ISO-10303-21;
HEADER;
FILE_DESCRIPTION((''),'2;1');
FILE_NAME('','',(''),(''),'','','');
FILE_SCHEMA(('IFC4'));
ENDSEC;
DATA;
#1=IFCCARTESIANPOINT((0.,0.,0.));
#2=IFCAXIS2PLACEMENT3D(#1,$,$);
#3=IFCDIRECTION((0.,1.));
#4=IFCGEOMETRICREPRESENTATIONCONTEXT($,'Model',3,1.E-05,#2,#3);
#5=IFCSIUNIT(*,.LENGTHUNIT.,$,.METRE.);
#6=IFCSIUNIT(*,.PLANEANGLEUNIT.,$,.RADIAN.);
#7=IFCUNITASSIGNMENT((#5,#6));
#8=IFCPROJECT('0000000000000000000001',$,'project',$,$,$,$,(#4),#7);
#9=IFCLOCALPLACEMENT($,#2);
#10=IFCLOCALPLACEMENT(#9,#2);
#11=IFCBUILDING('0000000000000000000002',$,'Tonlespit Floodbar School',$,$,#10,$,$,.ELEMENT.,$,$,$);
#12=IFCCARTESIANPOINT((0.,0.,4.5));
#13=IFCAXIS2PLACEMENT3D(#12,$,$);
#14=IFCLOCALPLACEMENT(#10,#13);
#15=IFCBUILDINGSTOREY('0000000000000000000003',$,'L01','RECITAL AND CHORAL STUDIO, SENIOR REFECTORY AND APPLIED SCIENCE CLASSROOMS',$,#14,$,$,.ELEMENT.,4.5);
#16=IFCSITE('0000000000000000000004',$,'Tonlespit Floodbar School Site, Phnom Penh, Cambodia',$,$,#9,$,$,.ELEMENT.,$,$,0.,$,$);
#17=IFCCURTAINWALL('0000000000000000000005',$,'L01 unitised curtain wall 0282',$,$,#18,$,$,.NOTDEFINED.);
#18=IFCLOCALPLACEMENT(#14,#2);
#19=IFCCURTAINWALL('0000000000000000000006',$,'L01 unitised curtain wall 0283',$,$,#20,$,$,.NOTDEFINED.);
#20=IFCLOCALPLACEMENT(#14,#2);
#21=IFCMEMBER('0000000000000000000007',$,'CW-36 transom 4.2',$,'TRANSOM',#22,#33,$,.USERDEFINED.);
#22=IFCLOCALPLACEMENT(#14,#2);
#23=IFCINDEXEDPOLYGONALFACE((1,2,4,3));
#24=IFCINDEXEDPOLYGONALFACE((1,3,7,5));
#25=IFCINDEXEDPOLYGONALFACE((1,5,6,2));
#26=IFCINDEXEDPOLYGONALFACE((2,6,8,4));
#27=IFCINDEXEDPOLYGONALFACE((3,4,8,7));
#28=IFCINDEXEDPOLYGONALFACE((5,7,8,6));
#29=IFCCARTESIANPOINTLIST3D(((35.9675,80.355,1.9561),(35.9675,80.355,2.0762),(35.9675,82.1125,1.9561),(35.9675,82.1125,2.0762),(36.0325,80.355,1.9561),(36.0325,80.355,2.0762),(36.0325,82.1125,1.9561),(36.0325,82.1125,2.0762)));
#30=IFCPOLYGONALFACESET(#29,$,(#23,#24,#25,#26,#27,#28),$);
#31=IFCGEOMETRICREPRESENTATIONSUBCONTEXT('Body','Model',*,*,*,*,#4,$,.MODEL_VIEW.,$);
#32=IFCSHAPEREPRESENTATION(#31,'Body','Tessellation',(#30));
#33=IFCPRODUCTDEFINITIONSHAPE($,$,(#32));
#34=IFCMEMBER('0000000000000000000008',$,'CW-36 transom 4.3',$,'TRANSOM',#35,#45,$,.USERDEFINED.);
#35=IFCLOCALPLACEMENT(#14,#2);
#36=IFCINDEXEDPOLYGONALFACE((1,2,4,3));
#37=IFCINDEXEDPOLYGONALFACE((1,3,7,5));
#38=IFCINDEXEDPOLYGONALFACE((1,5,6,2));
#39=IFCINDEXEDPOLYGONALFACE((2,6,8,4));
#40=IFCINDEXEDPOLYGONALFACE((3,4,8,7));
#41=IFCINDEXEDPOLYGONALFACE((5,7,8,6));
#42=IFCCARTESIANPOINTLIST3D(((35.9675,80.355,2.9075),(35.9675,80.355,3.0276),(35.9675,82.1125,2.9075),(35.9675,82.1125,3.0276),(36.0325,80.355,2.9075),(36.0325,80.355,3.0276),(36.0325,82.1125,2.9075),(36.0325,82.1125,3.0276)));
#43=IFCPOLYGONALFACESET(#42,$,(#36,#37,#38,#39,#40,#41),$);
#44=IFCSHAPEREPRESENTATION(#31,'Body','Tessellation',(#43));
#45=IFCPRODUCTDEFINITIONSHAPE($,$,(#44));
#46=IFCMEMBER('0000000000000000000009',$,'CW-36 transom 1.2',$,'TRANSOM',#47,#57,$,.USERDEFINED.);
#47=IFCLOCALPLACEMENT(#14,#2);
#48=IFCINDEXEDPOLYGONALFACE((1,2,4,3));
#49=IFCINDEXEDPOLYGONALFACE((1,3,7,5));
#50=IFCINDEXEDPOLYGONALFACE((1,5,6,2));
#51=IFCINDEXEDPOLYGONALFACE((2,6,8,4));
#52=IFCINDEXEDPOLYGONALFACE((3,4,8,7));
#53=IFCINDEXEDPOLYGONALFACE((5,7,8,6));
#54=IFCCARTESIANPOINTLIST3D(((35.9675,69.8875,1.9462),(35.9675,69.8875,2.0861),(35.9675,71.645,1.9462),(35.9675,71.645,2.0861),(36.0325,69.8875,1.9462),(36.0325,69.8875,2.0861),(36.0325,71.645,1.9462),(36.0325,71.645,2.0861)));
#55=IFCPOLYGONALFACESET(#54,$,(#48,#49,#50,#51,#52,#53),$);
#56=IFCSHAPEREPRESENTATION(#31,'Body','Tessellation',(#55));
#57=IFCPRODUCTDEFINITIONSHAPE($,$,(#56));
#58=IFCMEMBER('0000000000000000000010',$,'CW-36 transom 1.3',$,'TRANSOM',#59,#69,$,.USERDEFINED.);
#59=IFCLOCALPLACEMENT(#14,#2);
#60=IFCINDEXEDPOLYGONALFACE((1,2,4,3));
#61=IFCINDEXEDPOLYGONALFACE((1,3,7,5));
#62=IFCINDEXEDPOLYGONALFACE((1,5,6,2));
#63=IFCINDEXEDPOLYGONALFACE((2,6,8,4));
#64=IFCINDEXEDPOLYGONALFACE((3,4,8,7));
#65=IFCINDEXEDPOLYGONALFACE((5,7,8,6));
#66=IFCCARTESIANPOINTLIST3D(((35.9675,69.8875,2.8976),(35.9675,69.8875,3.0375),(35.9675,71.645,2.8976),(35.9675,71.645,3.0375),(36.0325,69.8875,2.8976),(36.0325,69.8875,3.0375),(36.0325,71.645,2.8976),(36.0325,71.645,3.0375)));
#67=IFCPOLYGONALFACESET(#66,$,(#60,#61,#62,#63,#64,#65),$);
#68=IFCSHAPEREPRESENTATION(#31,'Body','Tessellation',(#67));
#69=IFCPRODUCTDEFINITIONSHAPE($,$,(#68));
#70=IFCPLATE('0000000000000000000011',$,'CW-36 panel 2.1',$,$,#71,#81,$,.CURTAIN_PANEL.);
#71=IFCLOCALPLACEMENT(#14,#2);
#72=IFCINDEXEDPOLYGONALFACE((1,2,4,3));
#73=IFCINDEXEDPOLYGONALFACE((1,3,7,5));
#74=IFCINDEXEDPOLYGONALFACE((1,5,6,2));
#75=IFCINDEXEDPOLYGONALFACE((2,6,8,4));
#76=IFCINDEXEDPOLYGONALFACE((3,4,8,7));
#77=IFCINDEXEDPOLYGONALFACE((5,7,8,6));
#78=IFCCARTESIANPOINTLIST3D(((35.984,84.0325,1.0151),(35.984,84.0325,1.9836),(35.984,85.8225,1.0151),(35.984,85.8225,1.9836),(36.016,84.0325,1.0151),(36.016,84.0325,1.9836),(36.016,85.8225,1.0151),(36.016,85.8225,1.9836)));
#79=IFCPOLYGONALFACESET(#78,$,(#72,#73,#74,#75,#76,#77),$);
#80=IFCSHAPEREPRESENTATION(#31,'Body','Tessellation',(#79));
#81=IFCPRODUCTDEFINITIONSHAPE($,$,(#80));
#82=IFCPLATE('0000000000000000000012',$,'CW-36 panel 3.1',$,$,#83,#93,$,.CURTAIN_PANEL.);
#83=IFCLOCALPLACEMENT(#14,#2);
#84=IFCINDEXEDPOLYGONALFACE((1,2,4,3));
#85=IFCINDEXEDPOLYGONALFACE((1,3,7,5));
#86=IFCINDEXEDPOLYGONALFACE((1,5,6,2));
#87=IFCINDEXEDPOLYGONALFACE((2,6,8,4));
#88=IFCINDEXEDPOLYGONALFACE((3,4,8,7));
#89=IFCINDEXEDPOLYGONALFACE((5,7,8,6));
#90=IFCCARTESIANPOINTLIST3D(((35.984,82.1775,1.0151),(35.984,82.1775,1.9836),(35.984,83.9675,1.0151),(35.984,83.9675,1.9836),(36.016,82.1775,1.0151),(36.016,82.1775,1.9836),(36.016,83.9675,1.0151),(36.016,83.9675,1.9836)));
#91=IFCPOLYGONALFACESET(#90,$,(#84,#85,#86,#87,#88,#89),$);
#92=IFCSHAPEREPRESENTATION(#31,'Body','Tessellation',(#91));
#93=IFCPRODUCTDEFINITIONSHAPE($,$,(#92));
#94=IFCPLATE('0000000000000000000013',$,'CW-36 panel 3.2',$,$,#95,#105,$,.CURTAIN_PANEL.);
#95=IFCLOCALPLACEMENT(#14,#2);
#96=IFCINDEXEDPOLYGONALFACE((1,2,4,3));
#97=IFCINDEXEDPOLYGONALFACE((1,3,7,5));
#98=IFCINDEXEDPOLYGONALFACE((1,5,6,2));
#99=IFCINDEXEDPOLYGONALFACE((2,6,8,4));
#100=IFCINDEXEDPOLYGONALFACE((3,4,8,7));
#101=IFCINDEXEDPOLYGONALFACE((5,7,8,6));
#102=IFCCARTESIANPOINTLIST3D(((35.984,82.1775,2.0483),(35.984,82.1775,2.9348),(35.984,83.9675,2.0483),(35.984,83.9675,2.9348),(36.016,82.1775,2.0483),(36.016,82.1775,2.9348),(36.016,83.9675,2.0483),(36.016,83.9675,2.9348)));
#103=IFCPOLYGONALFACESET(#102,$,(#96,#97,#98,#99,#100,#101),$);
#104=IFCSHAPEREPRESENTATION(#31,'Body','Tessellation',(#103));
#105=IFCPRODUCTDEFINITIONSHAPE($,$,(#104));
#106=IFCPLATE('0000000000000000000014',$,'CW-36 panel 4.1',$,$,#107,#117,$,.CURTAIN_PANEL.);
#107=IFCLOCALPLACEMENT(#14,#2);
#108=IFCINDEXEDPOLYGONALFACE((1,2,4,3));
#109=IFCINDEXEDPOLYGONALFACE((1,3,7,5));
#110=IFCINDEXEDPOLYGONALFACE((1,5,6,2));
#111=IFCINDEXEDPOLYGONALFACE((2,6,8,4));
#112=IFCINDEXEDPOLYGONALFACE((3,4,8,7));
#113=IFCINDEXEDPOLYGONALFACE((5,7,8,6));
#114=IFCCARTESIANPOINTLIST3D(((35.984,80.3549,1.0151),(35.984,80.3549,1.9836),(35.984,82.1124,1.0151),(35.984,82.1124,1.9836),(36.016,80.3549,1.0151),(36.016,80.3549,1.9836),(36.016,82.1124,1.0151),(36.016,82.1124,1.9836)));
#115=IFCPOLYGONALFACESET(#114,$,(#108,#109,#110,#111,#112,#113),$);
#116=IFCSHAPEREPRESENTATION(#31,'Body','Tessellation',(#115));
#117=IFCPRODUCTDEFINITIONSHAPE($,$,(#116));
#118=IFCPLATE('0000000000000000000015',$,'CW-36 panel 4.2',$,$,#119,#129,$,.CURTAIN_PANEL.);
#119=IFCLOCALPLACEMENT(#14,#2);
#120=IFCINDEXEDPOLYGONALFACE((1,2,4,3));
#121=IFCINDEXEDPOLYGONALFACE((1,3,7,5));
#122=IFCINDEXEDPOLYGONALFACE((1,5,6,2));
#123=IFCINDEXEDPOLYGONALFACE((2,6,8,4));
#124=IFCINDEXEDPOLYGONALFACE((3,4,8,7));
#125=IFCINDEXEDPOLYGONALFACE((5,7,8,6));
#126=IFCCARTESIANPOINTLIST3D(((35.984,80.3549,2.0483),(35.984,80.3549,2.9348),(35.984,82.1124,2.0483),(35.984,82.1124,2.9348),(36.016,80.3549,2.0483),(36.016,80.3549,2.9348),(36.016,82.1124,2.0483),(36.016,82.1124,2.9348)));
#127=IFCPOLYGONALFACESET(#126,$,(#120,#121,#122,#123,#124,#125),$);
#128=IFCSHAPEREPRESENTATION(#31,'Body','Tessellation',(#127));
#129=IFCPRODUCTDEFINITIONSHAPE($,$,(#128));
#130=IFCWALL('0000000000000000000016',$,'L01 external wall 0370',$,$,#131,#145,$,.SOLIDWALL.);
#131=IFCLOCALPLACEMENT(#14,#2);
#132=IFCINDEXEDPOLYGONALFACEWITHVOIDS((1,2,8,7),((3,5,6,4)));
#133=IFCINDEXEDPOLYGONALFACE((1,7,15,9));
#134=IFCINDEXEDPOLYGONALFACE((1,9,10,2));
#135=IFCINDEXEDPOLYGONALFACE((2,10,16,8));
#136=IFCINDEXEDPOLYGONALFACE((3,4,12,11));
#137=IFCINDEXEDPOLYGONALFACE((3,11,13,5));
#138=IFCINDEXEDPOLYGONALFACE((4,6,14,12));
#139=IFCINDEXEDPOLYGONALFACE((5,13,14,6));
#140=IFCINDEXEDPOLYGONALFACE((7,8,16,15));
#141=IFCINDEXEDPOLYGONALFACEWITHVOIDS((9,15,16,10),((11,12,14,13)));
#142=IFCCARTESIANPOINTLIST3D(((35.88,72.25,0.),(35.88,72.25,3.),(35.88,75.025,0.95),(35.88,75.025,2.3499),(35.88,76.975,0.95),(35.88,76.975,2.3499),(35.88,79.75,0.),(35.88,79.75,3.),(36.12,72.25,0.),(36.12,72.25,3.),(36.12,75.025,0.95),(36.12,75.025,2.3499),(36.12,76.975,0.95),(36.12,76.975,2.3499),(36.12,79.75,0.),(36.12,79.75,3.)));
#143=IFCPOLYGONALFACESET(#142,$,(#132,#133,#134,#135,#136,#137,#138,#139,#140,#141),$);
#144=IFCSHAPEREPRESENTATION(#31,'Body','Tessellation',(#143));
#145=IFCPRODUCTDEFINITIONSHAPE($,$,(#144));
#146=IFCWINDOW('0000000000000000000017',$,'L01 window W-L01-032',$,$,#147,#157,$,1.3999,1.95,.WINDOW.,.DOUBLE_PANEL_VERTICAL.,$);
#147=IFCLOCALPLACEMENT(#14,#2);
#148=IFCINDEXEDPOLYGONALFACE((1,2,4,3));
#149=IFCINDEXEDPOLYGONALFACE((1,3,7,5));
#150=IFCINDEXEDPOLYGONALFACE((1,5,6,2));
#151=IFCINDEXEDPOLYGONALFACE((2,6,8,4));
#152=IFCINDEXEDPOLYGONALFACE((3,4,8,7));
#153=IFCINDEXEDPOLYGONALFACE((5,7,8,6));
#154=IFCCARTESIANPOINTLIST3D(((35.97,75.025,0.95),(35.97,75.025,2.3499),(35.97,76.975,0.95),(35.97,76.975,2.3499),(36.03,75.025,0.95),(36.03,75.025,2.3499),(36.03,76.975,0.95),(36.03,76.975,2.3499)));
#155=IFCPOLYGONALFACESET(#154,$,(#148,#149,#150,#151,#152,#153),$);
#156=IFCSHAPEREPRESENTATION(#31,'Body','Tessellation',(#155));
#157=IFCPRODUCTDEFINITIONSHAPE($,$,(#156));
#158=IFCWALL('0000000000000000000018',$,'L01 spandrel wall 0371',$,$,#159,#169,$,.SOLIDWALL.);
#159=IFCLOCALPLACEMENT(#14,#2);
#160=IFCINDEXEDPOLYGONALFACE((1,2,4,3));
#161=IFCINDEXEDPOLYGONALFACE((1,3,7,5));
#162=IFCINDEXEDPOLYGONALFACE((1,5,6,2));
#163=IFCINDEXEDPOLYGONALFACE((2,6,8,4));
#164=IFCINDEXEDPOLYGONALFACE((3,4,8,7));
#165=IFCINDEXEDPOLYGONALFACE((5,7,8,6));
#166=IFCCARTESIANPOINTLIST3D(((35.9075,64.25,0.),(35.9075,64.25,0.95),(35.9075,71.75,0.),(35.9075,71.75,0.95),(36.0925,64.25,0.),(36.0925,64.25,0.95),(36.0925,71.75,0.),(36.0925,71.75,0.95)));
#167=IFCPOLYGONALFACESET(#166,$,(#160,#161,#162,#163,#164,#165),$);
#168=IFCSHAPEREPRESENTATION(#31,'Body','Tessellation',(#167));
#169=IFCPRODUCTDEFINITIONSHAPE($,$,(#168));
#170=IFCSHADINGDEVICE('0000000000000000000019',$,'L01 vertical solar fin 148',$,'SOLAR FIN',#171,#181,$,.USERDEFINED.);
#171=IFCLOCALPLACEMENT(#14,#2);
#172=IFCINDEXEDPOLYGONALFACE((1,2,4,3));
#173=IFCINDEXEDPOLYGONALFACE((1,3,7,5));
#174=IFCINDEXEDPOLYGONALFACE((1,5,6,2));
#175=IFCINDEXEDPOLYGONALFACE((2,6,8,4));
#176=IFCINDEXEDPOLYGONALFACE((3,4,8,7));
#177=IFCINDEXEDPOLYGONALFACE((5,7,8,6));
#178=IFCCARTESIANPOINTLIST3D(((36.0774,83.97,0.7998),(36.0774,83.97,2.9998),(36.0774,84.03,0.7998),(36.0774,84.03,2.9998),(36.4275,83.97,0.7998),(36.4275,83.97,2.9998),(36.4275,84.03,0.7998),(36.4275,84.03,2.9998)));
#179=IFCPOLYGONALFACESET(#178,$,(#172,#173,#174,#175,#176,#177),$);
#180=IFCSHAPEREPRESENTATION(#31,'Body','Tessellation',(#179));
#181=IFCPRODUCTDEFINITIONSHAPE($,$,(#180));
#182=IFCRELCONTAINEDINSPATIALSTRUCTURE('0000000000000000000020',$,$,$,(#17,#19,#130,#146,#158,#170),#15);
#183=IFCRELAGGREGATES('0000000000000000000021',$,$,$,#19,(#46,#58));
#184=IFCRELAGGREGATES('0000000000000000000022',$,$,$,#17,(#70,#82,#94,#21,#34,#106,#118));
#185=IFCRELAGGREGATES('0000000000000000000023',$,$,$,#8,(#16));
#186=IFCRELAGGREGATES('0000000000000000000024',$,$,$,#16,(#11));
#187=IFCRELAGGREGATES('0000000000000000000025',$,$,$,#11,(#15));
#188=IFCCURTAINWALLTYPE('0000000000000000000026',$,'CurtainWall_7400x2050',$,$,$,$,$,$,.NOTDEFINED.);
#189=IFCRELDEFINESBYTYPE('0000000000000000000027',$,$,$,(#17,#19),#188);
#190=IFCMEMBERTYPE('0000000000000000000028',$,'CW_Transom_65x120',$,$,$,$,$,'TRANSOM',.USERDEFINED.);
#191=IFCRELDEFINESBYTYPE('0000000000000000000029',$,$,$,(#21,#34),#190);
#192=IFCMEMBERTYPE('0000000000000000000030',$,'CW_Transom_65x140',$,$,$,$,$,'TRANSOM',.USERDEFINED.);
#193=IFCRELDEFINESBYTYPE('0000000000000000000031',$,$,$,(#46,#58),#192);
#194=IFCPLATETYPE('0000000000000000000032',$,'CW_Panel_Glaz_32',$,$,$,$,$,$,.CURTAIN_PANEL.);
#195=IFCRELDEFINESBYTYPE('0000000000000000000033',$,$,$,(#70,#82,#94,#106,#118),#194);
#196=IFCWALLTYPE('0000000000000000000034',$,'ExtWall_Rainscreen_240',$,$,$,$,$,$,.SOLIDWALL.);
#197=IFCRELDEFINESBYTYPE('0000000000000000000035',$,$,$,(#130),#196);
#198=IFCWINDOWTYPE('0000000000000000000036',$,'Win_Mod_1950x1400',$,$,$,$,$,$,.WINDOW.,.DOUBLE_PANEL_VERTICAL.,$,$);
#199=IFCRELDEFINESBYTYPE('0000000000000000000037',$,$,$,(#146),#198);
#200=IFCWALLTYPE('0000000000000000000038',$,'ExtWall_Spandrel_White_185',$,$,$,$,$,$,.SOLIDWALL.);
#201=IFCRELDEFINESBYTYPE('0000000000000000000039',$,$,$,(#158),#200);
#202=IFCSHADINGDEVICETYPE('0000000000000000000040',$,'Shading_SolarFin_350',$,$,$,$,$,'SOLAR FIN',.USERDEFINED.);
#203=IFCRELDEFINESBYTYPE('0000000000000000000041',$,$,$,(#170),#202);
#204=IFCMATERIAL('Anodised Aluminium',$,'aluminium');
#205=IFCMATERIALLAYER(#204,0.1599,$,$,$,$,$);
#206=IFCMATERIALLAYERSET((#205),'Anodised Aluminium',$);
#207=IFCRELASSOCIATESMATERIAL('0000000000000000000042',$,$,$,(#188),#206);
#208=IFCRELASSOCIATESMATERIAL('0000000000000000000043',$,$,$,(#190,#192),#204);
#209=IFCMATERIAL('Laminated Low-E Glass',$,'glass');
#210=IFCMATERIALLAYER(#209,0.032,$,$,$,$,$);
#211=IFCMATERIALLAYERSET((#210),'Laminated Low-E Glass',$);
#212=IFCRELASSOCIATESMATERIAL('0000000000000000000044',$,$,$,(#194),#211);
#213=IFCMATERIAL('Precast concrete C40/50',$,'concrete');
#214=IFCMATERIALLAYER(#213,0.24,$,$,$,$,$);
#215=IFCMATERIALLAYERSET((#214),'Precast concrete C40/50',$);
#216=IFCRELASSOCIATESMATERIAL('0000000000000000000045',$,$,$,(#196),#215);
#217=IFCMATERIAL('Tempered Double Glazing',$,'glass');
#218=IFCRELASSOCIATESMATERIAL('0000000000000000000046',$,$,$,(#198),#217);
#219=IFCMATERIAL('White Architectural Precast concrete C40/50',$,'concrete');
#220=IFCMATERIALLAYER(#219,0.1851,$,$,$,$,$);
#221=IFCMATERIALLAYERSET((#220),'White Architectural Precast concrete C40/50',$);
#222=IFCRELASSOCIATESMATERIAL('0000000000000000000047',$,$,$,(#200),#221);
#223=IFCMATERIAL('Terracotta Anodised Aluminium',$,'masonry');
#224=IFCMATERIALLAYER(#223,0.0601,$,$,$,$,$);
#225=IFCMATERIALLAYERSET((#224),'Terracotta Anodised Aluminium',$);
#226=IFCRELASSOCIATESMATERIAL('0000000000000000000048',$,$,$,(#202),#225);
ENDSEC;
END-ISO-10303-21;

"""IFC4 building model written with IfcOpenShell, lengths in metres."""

from ifc_helpers import new_model, si_unit, direction, frame, frame_2d, origin, origin_2d, place, context, subcontext, project, spatial, rectangle, extrude, material, layer, layer_set, material_profile, profile_set, type_object, element, fill, aggregate, save


model = new_model("IFC4")

# Units and contexts
model_context = context("Model", 3, precision=1e-05, world=origin(), true_north=direction((0.0, 1.0)))
body_context = subcontext(model_context, "Body", "Model", "MODEL_VIEW")
ifc_project = project(units=[si_unit("LENGTHUNIT", "METRE"), si_unit("PLANEANGLEUNIT", "RADIAN")], contexts=[model_context])

# Site, building, storey
site_placement = place(None, origin())
site = spatial("IfcSite", under=ifc_project, at=site_placement, Name="Tonlespit Floodbar School Site, Phnom Penh, Cambodia", CompositionType="ELEMENT", RefElevation=0.0)
building_placement = place(site_placement, origin())
building = spatial("IfcBuilding", under=site, at=building_placement, Name="Tonlespit Floodbar School", CompositionType="ELEMENT")
storey_placement = place(building_placement, frame((0.0, 0.0, 4.5)))
storey = spatial("IfcBuildingStorey", under=building, at=storey_placement, Name="L01", Description="RECITAL AND CHORAL STUDIO, SENIOR REFECTORY AND APPLIED SCIENCE CLASSROOMS", CompositionType="ELEMENT", Elevation=4.5)

# Curtain wall
ifc_material_1 = material(Name="Anodised Aluminium", Category="aluminium")
ifc_layer_1 = layer(ifc_material_1, 0.1599)
ifc_layer_set_1 = layer_set([ifc_layer_1], Name="Anodised Aluminium")
curtain_wall_type = type_object("IfcCurtainWallType", Name="CurtainWall_7400x2050", PredefinedType="NOTDEFINED", material=ifc_layer_set_1)
curtain_wall_1_placement = place(storey_placement, origin())
curtain_wall_1 = element("IfcCurtainWall", 1, at=curtain_wall_1_placement, inside=storey, type_object=curtain_wall_type, Name="L01 unitised curtain wall 0282", PredefinedType="NOTDEFINED")

# Curtain wall
curtain_wall_2_placement = place(storey_placement, origin())
curtain_wall_2 = element("IfcCurtainWall", 2, at=curtain_wall_2_placement, inside=storey, type_object=curtain_wall_type, Name="L01 unitised curtain wall 0283", PredefinedType="NOTDEFINED")

# Members
ifc_material_profile_1 = material_profile(ifc_material_1, rectangle(XDim=0.0649, YDim=0.1201, at=origin_2d()), Name="ALU T65x120")
ifc_profile_set_1 = profile_set([ifc_material_profile_1], Name="Anodised Aluminium")
member_type_1 = type_object("IfcMemberType", Name="CW_Transom_65x120", ElementType="TRANSOM", PredefinedType="USERDEFINED", material=ifc_profile_set_1)
member_1_placement = place(storey_placement, frame((36.0, 82.1125, 2.0161), z_axis=(0.0, -1.0, 0.0), x_axis=(1.0, 0.0, 0.0)))
member_1 = element("IfcMember", 3, at=member_1_placement, type_object=member_type_1, Name="CW-36 transom 4.2", ObjectType="TRANSOM", PredefinedType="USERDEFINED", context=body_context, shape_type="SweptSolid", body=[
    extrude(rectangle(XDim=0.0649, YDim=0.1201, at=origin_2d()), origin(), (0.0, 0.0, 1.0), 1.7576),
])
member_2_placement = place(storey_placement, frame((36.0, 82.1125, 2.9675), z_axis=(0.0, -1.0, 0.0), x_axis=(1.0, 0.0, 0.0)))
member_2 = element("IfcMember", 4, at=member_2_placement, type_object=member_type_1, Name="CW-36 transom 4.3", ObjectType="TRANSOM", PredefinedType="USERDEFINED", context=body_context, shape_type="SweptSolid", body=[
    extrude(rectangle(XDim=0.0649, YDim=0.1201, at=origin_2d()), origin(), (0.0, 0.0, 1.0), 1.7576),
])
ifc_material_profile_2 = material_profile(ifc_material_1, rectangle(XDim=0.0649, YDim=0.1399, at=origin_2d()), Name="ALU T65x140")
ifc_profile_set_2 = profile_set([ifc_material_profile_2], Name="Anodised Aluminium")
member_type_2 = type_object("IfcMemberType", Name="CW_Transom_65x140", ElementType="TRANSOM", PredefinedType="USERDEFINED", material=ifc_profile_set_2)
member_3_placement = place(storey_placement, frame((36.0, 71.645, 2.0161), z_axis=(0.0, -1.0, 0.0), x_axis=(1.0, 0.0, 0.0)))
member_3 = element("IfcMember", 5, at=member_3_placement, type_object=member_type_2, Name="CW-36 transom 1.2", ObjectType="TRANSOM", PredefinedType="USERDEFINED", context=body_context, shape_type="SweptSolid", body=[
    extrude(rectangle(XDim=0.0649, YDim=0.1399, at=origin_2d()), origin(), (0.0, 0.0, 1.0), 1.7576),
])
member_4_placement = place(storey_placement, frame((36.0, 71.645, 2.9675), z_axis=(0.0, -1.0, 0.0), x_axis=(1.0, 0.0, 0.0)))
member_4 = element("IfcMember", 6, at=member_4_placement, type_object=member_type_2, Name="CW-36 transom 1.3", ObjectType="TRANSOM", PredefinedType="USERDEFINED", context=body_context, shape_type="SweptSolid", body=[
    extrude(rectangle(XDim=0.0649, YDim=0.1399, at=origin_2d()), origin(), (0.0, 0.0, 1.0), 1.7576),
])
aggregate(curtain_wall_2, [member_3, member_4])

# Plates
ifc_material_2 = material(Name="Laminated Low-E Glass", Category="glass")
ifc_layer_2 = layer(ifc_material_2, 0.032)
ifc_layer_set_2 = layer_set([ifc_layer_2], Name="Laminated Low-E Glass")
plate_type = type_object("IfcPlateType", Name="CW_Panel_Glaz_32", PredefinedType="CURTAIN_PANEL", material=ifc_layer_set_2)
plate_1_placement = place(storey_placement, frame((36.0, 84.9275, 1.0151), z_axis=(0.0, 0.0, 1.0), x_axis=(0.0, -1.0, 0.0)))
plate_1 = element("IfcPlate", 7, at=plate_1_placement, type_object=plate_type, Name="CW-36 panel 2.1", PredefinedType="CURTAIN_PANEL", context=body_context, shape_type="SweptSolid", body=[
    extrude(rectangle(XDim=1.79, YDim=0.032, at=origin_2d()), origin(), (0.0, 0.0, 1.0), 0.9685),
])
plate_2_placement = place(storey_placement, frame((36.0, 83.0725, 1.0151), z_axis=(0.0, 0.0, 1.0), x_axis=(0.0, -1.0, 0.0)))
plate_2 = element("IfcPlate", 8, at=plate_2_placement, type_object=plate_type, Name="CW-36 panel 3.1", PredefinedType="CURTAIN_PANEL", context=body_context, shape_type="SweptSolid", body=[
    extrude(rectangle(XDim=1.79, YDim=0.032, at=origin_2d()), origin(), (0.0, 0.0, 1.0), 0.9685),
])
plate_3_placement = place(storey_placement, frame((36.0, 83.0725, 2.0483), z_axis=(0.0, 0.0, 1.0), x_axis=(0.0, -1.0, 0.0)))
plate_3 = element("IfcPlate", 9, at=plate_3_placement, type_object=plate_type, Name="CW-36 panel 3.2", PredefinedType="CURTAIN_PANEL", context=body_context, shape_type="SweptSolid", body=[
    extrude(rectangle(XDim=1.79, YDim=0.032, at=origin_2d()), origin(), (0.0, 0.0, 1.0), 0.8865),
])
plate_4_placement = place(storey_placement, frame((36.0, 81.2336, 1.0151), z_axis=(0.0, 0.0, 1.0), x_axis=(0.0, -1.0, 0.0)))
plate_4 = element("IfcPlate", 10, at=plate_4_placement, type_object=plate_type, Name="CW-36 panel 4.1", PredefinedType="CURTAIN_PANEL", context=body_context, shape_type="SweptSolid", body=[
    extrude(rectangle(XDim=1.7576, YDim=0.032, at=origin_2d()), origin(), (0.0, 0.0, 1.0), 0.9685),
])
plate_5_placement = place(storey_placement, frame((36.0, 81.2336, 2.0483), z_axis=(0.0, 0.0, 1.0), x_axis=(0.0, -1.0, 0.0)))
plate_5 = element("IfcPlate", 11, at=plate_5_placement, type_object=plate_type, Name="CW-36 panel 4.2", PredefinedType="CURTAIN_PANEL", context=body_context, shape_type="SweptSolid", body=[
    extrude(rectangle(XDim=1.7576, YDim=0.032, at=origin_2d()), origin(), (0.0, 0.0, 1.0), 0.8865),
])
aggregate(curtain_wall_1, [plate_1, plate_2, plate_3, member_1, member_2, plate_4, plate_5])

# Wall, opening, window
ifc_material_3 = material(Name="Precast concrete C40/50", Category="concrete")
ifc_layer_3 = layer(ifc_material_3, 0.24)
ifc_layer_set_3 = layer_set([ifc_layer_3], Name="Precast concrete C40/50")
wall_type_1 = type_object("IfcWallType", Name="ExtWall_Rainscreen_240", PredefinedType="SOLIDWALL", material=ifc_layer_set_3)
wall_1_placement = place(storey_placement, frame((36.0, 79.75, 0.0), z_axis=(0.0, 0.0, 1.0), x_axis=(0.0, -1.0, 0.0)))
wall_1 = element("IfcWall", 12, at=wall_1_placement, inside=storey, type_object=wall_type_1, Name="L01 external wall 0370", PredefinedType="SOLIDWALL", context=body_context, shape_type="SweptSolid", body=[
    extrude(rectangle(XDim=7.5, YDim=0.24, at=frame_2d((3.75, 0.0))), origin(), (0.0, 0.0, 1.0), 3.0),
])
opening_placement = place(wall_1_placement, frame((2.7749, 0.0, 0.95)))
opening = element("IfcOpeningElement", 13, at=opening_placement, cuts=wall_1, PredefinedType="OPENING", context=body_context, shape_type="SweptSolid", body=[
    extrude(rectangle(XDim=1.95, YDim=1.3999, at=frame_2d((0.9751, 0.7))), frame((0.0, 0.1299, 0.0), z_axis=(0.0, -1.0, 0.0), x_axis=(1.0, 0.0, 0.0)), (0.0, 0.0, 1.0), 0.26),
])
ifc_material_4 = material(Name="Tempered Double Glazing", Category="glass")
window_type = type_object("IfcWindowType", Name="Win_Mod_1950x1400", PartitioningType="DOUBLE_PANEL_VERTICAL", PredefinedType="WINDOW", material=ifc_material_4)
window_placement = place(opening_placement, origin())
window = element("IfcWindow", 14, at=window_placement, inside=storey, type_object=window_type, Name="L01 window W-L01-032", OverallHeight=1.3999, OverallWidth=1.95, PartitioningType="DOUBLE_PANEL_VERTICAL", PredefinedType="WINDOW", context=body_context, shape_type="SweptSolid", body=[
    extrude(rectangle(XDim=1.95, YDim=1.3999, at=frame_2d((0.9751, 0.7))), frame((0.0, 0.03, 0.0), z_axis=(0.0, -1.0, 0.0), x_axis=(1.0, 0.0, 0.0)), (0.0, 0.0, 1.0), 0.0601),
])
fill(opening, window)

# Wall
ifc_material_5 = material(Name="White Architectural Precast concrete C40/50", Category="concrete")
ifc_layer_4 = layer(ifc_material_5, 0.1851)
ifc_layer_set_4 = layer_set([ifc_layer_4], Name="White Architectural Precast concrete C40/50")
wall_type_2 = type_object("IfcWallType", Name="ExtWall_Spandrel_White_185", PredefinedType="SOLIDWALL", material=ifc_layer_set_4)
wall_2_placement = place(storey_placement, frame((36.0, 71.75, 0.0), z_axis=(0.0, 0.0, 1.0), x_axis=(0.0, -1.0, 0.0)))
element("IfcWall", 15, at=wall_2_placement, inside=storey, type_object=wall_type_2, Name="L01 spandrel wall 0371", PredefinedType="SOLIDWALL", context=body_context, shape_type="SweptSolid", body=[
    extrude(rectangle(XDim=7.5, YDim=0.1851, at=frame_2d((3.75, 0.0))), origin(), (0.0, 0.0, 1.0), 0.95),
])

# Shading device
ifc_material_6 = material(Name="Terracotta Anodised Aluminium", Category="masonry")
ifc_layer_5 = layer(ifc_material_6, 0.0601)
ifc_layer_set_5 = layer_set([ifc_layer_5], Name="Terracotta Anodised Aluminium")
shading_device_type = type_object("IfcShadingDeviceType", Name="Shading_SolarFin_350", ElementType="SOLAR FIN", PredefinedType="USERDEFINED", material=ifc_layer_set_5)
shading_device_placement = place(storey_placement, frame((36.2524, 84.0, 0.7998), z_axis=(0.0, 0.0, 1.0), x_axis=(0.0, -1.0, 0.0)))
element("IfcShadingDevice", 16, at=shading_device_placement, inside=storey, type_object=shading_device_type, Name="L01 vertical solar fin 148", ObjectType="SOLAR FIN", PredefinedType="USERDEFINED", context=body_context, shape_type="SweptSolid", body=[
    extrude(rectangle(XDim=0.0601, YDim=0.3501, at=origin_2d()), origin(), (0.0, 0.0, 1.0), 2.2),
])

save(model, "model.ifc")
